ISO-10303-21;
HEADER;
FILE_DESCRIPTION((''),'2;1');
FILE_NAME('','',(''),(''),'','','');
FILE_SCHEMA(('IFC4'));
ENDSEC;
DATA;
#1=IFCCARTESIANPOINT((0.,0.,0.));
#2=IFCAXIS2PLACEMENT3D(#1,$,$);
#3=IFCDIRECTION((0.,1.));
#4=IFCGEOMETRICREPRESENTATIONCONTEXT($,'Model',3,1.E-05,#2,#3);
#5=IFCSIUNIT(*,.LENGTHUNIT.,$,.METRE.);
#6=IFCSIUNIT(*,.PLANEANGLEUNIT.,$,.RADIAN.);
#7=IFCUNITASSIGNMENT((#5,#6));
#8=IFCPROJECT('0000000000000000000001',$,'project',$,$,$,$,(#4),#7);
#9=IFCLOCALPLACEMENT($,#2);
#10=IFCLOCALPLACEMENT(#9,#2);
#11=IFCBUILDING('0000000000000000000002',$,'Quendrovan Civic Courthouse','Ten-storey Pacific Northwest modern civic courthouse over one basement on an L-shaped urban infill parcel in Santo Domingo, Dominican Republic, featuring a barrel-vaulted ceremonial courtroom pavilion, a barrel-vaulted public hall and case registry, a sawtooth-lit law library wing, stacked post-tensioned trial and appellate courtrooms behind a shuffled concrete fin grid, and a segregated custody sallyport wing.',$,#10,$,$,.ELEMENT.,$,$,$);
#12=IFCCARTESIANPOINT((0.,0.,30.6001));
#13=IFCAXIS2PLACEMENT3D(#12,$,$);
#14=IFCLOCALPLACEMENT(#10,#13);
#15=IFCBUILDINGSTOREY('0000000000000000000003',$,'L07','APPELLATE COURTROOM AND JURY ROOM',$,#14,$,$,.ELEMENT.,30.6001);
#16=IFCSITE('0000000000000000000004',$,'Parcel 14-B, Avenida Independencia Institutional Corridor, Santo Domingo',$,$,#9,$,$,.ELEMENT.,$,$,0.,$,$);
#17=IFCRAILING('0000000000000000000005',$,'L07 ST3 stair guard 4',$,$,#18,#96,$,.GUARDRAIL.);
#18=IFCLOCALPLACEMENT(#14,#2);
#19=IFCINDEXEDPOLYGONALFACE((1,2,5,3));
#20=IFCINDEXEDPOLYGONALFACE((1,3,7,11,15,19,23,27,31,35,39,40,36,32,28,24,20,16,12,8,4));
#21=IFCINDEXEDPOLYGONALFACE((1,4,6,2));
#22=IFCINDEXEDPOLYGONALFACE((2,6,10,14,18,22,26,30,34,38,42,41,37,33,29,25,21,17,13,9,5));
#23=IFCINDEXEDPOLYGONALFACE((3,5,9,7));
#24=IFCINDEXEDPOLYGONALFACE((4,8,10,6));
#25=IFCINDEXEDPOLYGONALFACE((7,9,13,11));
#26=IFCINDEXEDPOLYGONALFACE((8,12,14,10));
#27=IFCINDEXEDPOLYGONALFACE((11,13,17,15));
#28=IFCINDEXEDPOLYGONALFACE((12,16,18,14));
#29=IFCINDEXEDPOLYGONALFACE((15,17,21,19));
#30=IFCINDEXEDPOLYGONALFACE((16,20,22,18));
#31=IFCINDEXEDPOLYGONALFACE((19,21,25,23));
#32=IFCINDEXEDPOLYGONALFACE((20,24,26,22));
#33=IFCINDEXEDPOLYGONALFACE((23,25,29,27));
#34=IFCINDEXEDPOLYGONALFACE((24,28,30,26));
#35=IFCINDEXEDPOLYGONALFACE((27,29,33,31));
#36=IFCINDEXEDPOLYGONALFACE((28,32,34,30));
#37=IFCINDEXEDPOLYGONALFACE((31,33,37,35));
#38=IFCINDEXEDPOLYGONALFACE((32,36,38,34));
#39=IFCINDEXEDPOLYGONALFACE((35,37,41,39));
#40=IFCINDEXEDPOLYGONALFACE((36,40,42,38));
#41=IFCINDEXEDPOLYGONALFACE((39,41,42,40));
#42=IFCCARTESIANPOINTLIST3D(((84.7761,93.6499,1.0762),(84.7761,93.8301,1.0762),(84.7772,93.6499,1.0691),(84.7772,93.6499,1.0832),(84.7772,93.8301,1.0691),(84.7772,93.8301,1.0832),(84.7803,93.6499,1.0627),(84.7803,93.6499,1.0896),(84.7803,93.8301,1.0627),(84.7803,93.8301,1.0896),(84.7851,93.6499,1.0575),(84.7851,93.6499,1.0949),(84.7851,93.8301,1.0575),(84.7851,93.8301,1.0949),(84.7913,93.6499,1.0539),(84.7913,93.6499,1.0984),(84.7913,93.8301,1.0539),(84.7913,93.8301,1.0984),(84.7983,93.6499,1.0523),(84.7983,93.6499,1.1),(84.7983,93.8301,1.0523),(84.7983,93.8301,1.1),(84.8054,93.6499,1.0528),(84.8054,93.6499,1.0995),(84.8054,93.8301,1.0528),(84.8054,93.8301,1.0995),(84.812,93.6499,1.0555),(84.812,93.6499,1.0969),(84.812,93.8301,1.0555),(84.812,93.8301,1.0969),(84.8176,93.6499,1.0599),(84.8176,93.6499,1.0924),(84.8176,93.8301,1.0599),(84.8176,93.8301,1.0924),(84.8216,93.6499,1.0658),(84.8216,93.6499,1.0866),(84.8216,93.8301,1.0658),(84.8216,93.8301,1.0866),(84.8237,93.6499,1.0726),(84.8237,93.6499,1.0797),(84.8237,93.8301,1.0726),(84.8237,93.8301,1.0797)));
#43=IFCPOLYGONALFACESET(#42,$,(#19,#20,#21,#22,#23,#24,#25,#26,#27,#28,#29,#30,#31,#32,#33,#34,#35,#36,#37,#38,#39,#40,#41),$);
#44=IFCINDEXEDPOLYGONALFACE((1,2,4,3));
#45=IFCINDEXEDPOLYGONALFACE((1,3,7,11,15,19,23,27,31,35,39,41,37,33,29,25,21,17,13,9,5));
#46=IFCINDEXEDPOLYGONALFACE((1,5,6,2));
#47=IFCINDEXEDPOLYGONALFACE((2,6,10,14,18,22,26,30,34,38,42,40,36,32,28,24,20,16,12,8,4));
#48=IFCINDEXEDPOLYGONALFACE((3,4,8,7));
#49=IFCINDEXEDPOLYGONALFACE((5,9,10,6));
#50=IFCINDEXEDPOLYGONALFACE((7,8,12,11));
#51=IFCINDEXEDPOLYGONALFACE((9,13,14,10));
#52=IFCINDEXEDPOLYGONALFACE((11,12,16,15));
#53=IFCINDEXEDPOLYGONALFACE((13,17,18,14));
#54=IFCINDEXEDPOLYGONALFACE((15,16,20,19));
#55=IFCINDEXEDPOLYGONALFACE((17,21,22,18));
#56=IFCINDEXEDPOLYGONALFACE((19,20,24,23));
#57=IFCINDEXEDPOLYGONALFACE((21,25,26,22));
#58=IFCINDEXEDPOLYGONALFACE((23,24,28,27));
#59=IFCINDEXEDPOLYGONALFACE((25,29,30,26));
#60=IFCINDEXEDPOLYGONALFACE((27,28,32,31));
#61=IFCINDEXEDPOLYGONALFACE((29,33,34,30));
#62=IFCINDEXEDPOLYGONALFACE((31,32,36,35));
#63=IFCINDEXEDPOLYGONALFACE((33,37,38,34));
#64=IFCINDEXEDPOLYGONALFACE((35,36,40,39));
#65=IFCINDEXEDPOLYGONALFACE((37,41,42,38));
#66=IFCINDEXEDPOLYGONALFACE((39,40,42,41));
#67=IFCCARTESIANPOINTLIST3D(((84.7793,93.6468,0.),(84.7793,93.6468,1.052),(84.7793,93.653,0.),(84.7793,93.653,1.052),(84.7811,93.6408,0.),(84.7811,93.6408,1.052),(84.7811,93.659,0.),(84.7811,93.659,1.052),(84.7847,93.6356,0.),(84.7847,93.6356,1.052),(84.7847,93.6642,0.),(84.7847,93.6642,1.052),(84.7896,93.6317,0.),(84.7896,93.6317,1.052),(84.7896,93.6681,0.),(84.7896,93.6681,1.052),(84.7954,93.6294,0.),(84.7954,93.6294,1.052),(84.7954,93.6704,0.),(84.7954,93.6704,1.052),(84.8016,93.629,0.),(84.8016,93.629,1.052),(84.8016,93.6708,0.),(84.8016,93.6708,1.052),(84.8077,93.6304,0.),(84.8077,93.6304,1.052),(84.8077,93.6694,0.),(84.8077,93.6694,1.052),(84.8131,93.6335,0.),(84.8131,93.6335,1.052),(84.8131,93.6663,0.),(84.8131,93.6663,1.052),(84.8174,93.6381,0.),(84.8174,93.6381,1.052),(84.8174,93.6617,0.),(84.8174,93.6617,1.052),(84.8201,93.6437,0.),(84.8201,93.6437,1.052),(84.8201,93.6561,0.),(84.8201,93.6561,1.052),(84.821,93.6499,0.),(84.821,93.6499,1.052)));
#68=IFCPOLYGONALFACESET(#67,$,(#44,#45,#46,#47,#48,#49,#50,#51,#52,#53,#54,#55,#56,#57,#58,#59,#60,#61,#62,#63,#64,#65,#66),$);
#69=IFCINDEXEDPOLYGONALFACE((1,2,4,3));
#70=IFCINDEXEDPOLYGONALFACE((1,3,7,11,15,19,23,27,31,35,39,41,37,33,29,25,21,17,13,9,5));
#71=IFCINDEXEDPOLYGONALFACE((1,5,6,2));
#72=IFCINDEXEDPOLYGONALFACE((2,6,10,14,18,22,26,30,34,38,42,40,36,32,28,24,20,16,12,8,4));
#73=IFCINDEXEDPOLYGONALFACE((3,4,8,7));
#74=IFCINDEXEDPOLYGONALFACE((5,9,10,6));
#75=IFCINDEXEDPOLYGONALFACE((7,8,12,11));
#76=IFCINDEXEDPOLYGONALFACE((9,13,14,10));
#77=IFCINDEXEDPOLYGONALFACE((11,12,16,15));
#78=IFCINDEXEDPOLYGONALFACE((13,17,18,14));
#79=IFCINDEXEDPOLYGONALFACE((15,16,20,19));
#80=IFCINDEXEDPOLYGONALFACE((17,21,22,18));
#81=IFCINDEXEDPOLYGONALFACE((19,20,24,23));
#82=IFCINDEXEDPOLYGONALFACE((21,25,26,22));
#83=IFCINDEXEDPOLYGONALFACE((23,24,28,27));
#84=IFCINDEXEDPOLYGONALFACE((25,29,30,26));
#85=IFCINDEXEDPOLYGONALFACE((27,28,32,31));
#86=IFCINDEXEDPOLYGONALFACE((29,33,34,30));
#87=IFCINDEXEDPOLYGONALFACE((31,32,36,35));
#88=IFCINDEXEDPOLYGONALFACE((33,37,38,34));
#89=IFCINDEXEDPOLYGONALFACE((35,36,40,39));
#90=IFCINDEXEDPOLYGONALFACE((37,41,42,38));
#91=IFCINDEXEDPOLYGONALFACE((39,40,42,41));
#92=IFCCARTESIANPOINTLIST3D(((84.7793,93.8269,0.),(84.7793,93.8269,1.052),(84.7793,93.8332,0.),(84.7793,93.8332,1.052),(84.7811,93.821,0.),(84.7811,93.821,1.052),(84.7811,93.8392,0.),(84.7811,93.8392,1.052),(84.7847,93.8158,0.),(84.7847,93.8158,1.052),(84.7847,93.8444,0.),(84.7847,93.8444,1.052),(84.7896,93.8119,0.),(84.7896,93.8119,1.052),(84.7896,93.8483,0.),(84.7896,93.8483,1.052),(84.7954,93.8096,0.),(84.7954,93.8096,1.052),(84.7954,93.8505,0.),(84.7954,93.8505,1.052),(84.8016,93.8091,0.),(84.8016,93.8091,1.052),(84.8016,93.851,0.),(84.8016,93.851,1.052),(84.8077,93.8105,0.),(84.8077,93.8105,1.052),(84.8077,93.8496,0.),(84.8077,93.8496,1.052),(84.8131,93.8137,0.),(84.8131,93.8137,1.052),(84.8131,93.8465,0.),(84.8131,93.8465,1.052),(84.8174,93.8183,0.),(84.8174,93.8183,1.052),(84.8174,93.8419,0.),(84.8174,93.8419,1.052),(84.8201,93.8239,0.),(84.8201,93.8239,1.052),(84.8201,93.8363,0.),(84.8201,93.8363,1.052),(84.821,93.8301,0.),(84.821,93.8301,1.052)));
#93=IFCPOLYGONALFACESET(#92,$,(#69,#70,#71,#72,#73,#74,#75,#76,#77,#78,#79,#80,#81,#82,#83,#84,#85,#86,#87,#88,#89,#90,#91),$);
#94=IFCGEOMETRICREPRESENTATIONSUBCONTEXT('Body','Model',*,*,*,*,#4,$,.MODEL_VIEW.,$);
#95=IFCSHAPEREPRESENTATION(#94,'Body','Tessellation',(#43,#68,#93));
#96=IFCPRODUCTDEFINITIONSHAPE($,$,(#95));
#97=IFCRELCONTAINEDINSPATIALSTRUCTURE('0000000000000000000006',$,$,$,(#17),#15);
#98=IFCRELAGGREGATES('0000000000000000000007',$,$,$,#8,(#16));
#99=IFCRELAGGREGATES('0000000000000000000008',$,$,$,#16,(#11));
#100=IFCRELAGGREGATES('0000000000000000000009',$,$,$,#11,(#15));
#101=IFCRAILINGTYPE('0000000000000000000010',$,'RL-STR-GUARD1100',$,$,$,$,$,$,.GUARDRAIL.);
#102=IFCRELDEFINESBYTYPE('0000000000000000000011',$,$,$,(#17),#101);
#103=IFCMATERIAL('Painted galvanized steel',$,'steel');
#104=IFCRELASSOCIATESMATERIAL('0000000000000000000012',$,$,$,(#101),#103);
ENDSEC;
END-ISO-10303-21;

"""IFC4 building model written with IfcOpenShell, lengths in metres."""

from ifc_helpers import new_model, si_unit, direction, frame, origin, origin_2d, place, context, subcontext, project, spatial, circle, extrude, material, type_object, element, save


model = new_model("IFC4")

# Units and contexts
model_context = context("Model", 3, precision=1e-05, world=origin(), true_north=direction((0.0, 1.0)))
body_context = subcontext(model_context, "Body", "Model", "MODEL_VIEW")
ifc_project = project(units=[si_unit("LENGTHUNIT", "METRE"), si_unit("PLANEANGLEUNIT", "RADIAN")], contexts=[model_context])

# Site, building, storey
site_placement = place(None, origin())
site = spatial("IfcSite", under=ifc_project, at=site_placement, Name="Parcel 14-B, Avenida Independencia Institutional Corridor, Santo Domingo", CompositionType="ELEMENT", RefElevation=0.0)
building_placement = place(site_placement, origin())
building = spatial("IfcBuilding", under=site, at=building_placement, Name="Quendrovan Civic Courthouse", Description="Ten-storey Pacific Northwest modern civic courthouse over one basement on an L-shaped urban infill parcel in Santo Domingo, Dominican Republic, featuring a barrel-vaulted ceremonial courtroom pavilion, a barrel-vaulted public hall and case registry, a sawtooth-lit law library wing, stacked post-tensioned trial and appellate courtrooms behind a shuffled concrete fin grid, and a segregated custody sallyport wing.", CompositionType="ELEMENT")
storey_placement = place(building_placement, frame((0.0, 0.0, 30.6001)))
storey = spatial("IfcBuildingStorey", under=building, at=storey_placement, Name="L07", Description="APPELLATE COURTROOM AND JURY ROOM", CompositionType="ELEMENT", Elevation=30.6001)

# Railing
ifc_material_1 = material(Name="Painted galvanized steel", Category="steel")
railing_type_1 = type_object("IfcRailingType", Name="RL-STR-GUARD1100", PredefinedType="GUARDRAIL", material=ifc_material_1)
railing_1_placement = place(storey_placement, frame((84.8, 93.6499, 0.0)))
element("IfcRailing", 1, at=railing_1_placement, inside=storey, type_object=railing_type_1, Name="L07 ST3 stair guard 4", PredefinedType="GUARDRAIL", context=body_context, shape_type="SweptSolid", body=[
    extrude(circle(Radius=0.0239, at=origin_2d()), frame((0.0, 0.0, 1.0762), z_axis=(0.0, 1.0, 0.0), x_axis=(-1.0, 0.0, 0.0)), (0.0, 0.0, 1.0), 0.1802),
    extrude(circle(Radius=0.021, at=origin_2d()), origin(), (0.0, 0.0, 1.0), 1.052),
    extrude(circle(Radius=0.021, at=origin_2d()), frame((0.0, 0.1802, 0.0)), (0.0, 0.0, 1.0), 1.052),
])

save(model, "model.ifc")
